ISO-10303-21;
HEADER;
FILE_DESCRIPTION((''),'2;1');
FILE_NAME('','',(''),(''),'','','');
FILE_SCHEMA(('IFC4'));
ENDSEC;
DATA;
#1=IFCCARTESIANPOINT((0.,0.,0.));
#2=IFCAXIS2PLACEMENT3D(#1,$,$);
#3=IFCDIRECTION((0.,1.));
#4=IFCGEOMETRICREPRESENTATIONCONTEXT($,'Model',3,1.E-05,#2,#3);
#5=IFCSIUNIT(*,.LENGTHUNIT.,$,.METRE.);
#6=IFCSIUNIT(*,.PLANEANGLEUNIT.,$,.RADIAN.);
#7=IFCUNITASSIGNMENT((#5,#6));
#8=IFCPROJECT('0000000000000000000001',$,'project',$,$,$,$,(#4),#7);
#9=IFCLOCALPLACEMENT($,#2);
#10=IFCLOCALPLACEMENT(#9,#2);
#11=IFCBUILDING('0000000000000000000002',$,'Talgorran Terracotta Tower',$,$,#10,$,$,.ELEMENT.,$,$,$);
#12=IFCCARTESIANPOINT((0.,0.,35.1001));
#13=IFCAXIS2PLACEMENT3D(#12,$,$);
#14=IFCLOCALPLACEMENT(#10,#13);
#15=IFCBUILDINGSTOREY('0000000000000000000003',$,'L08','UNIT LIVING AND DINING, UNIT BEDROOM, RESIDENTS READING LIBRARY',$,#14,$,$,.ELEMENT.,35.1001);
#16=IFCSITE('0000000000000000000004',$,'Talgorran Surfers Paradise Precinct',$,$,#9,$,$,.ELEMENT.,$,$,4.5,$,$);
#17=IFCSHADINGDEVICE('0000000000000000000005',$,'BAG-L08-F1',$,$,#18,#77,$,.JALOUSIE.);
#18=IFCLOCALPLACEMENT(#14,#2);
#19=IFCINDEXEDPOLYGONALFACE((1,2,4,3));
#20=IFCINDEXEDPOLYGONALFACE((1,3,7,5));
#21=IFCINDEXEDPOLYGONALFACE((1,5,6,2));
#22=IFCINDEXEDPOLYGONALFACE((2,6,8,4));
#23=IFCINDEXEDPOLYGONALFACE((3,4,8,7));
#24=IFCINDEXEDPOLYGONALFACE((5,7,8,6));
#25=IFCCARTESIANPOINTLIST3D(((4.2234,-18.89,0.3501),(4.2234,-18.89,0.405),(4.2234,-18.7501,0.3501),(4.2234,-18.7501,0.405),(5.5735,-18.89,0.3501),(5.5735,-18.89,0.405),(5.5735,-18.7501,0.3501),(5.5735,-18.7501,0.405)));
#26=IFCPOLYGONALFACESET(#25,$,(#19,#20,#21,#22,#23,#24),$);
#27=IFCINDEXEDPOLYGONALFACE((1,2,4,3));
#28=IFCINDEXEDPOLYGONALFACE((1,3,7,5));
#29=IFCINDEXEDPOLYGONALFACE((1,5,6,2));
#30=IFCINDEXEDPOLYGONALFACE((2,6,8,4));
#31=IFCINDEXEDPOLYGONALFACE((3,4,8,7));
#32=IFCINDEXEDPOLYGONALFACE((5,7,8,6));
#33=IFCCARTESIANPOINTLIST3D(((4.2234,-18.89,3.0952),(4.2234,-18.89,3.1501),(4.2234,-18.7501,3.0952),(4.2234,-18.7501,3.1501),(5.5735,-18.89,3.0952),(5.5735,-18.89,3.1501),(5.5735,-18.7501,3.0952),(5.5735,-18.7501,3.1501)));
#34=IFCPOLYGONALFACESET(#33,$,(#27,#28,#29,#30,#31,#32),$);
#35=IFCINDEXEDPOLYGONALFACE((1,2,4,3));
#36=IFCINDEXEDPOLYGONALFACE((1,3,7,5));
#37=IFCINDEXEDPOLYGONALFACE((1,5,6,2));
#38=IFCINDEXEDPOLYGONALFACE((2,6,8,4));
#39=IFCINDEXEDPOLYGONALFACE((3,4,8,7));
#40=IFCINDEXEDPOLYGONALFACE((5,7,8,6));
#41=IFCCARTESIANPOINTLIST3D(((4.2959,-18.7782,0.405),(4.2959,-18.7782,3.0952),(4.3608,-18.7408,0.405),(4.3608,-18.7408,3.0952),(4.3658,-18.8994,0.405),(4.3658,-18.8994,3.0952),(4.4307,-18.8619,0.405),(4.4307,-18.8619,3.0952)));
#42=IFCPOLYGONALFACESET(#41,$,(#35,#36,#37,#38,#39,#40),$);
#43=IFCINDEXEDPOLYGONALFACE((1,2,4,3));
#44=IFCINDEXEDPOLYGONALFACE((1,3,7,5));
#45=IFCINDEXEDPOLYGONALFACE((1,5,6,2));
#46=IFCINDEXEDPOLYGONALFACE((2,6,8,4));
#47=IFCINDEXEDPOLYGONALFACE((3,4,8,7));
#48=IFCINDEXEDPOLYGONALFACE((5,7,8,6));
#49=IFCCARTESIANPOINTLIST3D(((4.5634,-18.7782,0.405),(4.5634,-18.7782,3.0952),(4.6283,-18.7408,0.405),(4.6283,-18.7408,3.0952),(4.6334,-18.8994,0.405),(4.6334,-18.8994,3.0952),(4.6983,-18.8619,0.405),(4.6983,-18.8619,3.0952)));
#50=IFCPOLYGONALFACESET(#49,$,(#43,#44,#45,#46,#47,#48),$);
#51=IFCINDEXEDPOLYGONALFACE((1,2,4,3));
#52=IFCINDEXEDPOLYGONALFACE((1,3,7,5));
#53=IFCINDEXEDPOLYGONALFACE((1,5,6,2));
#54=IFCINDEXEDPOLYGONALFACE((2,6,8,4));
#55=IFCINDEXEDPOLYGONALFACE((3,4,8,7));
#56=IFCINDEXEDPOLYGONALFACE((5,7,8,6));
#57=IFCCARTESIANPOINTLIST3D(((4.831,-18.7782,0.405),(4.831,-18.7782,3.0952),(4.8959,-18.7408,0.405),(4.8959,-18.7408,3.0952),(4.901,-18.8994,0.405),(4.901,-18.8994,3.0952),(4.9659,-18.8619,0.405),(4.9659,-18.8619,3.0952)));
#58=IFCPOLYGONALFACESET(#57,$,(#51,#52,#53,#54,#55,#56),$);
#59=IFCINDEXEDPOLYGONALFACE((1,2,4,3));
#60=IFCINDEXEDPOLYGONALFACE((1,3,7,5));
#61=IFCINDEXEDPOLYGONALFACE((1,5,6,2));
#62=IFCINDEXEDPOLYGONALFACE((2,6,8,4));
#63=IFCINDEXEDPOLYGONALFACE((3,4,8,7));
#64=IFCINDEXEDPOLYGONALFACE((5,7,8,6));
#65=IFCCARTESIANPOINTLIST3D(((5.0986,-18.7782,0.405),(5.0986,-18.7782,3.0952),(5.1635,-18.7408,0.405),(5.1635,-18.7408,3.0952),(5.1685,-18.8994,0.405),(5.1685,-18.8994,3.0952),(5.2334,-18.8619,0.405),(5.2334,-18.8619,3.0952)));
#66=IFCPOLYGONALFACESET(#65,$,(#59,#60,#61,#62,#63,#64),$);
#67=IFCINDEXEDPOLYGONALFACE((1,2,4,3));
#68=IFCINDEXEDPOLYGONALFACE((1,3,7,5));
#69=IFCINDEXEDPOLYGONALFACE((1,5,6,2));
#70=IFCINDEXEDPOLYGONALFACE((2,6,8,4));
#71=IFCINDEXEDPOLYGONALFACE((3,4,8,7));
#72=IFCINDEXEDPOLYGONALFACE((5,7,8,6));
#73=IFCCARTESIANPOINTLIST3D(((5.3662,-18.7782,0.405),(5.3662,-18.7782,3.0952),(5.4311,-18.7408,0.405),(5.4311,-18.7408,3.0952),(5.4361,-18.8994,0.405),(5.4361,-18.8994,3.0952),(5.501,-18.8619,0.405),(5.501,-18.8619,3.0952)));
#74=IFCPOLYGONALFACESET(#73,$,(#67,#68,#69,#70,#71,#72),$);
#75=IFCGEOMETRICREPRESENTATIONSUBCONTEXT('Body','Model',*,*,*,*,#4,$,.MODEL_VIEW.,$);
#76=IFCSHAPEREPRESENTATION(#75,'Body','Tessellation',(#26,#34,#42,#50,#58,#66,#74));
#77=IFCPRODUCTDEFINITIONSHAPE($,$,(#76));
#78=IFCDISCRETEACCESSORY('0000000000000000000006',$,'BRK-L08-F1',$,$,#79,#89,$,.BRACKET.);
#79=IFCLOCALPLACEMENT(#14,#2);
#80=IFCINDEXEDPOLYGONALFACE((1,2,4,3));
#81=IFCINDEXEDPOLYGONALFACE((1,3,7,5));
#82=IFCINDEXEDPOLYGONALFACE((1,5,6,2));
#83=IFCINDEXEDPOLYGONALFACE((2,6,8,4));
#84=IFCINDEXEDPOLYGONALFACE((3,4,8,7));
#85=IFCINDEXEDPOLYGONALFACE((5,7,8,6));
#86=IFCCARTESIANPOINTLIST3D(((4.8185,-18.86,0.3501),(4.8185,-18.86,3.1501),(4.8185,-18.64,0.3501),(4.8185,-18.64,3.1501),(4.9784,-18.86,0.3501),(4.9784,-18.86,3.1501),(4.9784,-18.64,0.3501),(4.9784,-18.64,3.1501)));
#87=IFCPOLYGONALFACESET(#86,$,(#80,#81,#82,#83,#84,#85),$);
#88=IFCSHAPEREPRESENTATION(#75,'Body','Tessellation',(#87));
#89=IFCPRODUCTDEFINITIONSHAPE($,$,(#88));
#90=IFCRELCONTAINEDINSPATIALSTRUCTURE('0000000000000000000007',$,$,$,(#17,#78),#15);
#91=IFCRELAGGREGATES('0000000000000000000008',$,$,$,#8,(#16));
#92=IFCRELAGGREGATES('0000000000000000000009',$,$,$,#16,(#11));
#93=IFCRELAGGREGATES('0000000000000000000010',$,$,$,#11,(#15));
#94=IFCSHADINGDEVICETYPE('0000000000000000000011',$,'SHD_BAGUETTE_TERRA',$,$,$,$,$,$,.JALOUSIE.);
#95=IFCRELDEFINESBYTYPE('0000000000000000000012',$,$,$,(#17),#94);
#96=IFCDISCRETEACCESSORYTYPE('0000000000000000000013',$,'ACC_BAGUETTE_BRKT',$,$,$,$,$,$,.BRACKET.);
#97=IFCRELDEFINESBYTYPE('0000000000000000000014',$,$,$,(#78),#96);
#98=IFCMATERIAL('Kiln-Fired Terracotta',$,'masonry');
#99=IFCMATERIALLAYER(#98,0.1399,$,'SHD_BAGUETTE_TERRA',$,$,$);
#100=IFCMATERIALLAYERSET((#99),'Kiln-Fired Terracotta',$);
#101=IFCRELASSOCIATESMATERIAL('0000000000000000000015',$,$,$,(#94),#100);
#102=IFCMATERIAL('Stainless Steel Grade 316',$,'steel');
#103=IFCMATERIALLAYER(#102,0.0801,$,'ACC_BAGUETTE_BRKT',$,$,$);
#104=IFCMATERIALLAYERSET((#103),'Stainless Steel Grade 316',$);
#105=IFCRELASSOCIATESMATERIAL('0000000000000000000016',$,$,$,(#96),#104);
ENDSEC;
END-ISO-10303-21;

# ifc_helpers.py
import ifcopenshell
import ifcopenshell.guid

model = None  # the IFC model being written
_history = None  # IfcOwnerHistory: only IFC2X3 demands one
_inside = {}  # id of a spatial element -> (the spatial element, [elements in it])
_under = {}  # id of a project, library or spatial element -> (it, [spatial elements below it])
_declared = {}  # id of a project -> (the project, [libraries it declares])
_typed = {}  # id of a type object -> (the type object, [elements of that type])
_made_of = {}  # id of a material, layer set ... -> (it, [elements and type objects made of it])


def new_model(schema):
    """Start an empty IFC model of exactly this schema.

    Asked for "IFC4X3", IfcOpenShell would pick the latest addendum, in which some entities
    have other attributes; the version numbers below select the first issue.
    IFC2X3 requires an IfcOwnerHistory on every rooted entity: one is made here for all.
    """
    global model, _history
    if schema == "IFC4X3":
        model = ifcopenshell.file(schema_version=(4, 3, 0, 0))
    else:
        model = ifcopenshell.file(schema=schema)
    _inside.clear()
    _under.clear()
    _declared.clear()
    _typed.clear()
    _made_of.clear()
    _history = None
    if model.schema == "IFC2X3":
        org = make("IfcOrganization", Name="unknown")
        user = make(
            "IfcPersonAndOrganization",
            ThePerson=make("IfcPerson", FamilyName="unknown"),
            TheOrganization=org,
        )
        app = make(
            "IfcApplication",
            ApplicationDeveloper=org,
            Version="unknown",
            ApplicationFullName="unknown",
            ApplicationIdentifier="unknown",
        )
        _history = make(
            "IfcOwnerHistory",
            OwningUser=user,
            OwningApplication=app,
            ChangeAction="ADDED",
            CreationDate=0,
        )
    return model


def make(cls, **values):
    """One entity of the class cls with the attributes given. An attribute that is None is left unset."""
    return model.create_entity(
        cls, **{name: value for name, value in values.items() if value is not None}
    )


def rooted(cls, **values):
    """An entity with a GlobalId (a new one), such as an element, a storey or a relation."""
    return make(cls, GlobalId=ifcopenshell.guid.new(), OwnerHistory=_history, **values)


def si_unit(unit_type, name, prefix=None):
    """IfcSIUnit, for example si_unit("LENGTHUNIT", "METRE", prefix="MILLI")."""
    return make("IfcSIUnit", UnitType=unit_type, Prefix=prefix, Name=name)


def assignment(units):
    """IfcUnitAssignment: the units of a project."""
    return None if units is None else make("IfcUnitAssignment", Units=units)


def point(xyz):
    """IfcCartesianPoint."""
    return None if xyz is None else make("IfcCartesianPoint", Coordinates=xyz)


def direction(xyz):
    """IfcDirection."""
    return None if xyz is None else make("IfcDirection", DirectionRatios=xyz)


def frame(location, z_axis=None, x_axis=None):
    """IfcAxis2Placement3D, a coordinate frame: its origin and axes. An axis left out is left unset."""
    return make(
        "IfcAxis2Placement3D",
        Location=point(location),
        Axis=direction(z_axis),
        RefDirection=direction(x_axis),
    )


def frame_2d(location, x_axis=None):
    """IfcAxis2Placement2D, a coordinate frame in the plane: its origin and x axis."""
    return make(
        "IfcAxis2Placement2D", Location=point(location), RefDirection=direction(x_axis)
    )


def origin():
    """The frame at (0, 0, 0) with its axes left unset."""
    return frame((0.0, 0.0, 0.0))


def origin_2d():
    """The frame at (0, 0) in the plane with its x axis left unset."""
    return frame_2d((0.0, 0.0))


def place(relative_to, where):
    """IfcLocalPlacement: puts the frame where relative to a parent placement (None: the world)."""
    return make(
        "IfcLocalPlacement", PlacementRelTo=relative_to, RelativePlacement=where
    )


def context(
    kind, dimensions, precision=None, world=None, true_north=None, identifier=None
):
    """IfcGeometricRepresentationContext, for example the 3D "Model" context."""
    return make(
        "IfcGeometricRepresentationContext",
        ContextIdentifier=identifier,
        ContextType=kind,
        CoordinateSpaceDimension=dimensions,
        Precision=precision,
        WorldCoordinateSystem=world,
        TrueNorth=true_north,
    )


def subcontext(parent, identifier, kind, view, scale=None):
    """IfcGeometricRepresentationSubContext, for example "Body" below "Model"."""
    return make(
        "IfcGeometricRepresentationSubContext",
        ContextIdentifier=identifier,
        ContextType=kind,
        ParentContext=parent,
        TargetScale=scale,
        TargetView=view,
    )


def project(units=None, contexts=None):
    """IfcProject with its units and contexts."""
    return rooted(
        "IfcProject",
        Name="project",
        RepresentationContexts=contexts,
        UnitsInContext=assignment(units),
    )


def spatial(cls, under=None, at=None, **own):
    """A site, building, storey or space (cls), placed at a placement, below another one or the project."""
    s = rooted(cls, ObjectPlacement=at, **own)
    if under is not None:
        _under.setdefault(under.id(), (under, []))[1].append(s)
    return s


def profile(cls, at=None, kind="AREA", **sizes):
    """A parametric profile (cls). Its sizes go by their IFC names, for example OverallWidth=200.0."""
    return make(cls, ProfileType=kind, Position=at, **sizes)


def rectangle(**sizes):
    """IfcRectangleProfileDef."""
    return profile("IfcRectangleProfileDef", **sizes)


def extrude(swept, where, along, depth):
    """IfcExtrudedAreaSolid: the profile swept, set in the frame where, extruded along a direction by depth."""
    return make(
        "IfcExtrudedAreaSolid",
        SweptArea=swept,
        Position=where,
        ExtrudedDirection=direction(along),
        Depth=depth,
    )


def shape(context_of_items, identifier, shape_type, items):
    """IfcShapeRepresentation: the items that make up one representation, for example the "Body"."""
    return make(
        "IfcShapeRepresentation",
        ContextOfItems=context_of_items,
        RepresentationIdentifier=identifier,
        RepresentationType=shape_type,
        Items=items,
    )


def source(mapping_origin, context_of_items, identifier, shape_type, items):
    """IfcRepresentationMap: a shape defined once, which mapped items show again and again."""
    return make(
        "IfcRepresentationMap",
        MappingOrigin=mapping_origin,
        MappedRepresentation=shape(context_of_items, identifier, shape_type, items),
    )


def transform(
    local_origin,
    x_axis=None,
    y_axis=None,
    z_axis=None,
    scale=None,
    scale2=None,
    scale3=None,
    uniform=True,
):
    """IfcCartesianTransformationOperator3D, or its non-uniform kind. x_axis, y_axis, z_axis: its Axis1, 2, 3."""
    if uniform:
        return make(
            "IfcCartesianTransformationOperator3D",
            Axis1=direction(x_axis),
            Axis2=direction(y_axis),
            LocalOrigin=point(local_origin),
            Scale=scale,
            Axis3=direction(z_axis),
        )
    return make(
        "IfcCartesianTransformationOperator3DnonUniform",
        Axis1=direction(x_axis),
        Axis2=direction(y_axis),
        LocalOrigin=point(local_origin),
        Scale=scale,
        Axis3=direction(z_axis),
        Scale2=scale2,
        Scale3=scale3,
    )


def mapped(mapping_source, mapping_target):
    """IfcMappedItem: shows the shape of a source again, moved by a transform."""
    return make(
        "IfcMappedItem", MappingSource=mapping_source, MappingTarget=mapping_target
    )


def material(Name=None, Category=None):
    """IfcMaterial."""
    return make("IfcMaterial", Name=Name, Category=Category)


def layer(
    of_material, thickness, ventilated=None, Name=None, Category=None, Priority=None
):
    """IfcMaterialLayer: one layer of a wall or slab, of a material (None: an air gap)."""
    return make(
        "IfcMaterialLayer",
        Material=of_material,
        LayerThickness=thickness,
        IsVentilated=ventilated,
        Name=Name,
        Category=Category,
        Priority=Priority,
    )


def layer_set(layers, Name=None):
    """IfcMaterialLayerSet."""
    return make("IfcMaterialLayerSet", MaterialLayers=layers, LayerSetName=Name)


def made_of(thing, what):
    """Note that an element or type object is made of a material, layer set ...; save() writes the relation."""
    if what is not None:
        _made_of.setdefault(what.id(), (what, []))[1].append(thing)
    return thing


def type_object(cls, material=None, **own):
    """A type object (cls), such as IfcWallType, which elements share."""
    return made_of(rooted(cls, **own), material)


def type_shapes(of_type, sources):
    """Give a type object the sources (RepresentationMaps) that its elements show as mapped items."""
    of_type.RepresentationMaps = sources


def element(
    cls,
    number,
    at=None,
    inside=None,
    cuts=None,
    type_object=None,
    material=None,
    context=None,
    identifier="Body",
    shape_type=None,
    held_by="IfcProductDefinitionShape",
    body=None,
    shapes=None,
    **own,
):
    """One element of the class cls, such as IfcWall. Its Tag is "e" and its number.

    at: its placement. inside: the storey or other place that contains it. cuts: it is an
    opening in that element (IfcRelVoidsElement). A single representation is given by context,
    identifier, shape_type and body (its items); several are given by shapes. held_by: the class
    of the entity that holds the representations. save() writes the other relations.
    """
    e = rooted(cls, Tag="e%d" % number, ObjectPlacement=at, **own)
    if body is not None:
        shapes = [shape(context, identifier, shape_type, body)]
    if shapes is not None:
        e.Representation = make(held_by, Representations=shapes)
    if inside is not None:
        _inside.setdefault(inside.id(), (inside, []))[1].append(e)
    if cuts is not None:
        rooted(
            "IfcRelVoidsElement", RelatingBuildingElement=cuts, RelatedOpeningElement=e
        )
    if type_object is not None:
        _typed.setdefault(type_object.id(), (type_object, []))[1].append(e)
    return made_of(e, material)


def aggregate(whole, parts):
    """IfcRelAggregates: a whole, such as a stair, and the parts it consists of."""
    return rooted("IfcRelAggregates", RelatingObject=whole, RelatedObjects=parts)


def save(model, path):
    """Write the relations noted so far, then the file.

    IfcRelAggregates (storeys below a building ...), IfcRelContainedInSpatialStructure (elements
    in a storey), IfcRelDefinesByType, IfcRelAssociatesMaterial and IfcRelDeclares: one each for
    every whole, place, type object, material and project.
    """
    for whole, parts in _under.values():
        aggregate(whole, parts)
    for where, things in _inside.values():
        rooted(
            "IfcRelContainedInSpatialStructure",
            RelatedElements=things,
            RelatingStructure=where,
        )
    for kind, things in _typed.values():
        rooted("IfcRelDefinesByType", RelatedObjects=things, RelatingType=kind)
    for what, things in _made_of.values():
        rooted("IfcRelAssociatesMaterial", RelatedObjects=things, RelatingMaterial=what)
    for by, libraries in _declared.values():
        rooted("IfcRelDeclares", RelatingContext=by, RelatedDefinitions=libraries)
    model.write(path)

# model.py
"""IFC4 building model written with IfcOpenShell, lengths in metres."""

from ifc_helpers import new_model, si_unit, direction, frame, origin, origin_2d, place, context, subcontext, project, spatial, rectangle, extrude, source, transform, mapped, material, layer, layer_set, type_object, type_shapes, element, save


model = new_model("IFC4")

# Units and contexts
model_context = context("Model", 3, precision=1e-05, world=origin(), true_north=direction((0.0, 1.0)))
body_context = subcontext(model_context, "Body", "Model", "MODEL_VIEW")
ifc_project = project(units=[si_unit("LENGTHUNIT", "METRE"), si_unit("PLANEANGLEUNIT", "RADIAN")], contexts=[model_context])

# Site, building, storey
site_placement = place(None, origin())
site = spatial("IfcSite", under=ifc_project, at=site_placement, Name="Talgorran Surfers Paradise Precinct", CompositionType="ELEMENT", RefElevation=4.5)
building_placement = place(site_placement, origin())
building = spatial("IfcBuilding", under=site, at=building_placement, Name="Talgorran Terracotta Tower", CompositionType="ELEMENT")
storey_placement = place(building_placement, frame((0.0, 0.0, 35.1001)))
storey = spatial("IfcBuildingStorey", under=building, at=storey_placement, Name="L08", Description="UNIT LIVING AND DINING, UNIT BEDROOM, RESIDENTS READING LIBRARY", CompositionType="ELEMENT", Elevation=35.1001)

# Shading device
ifc_material_1 = material(Name="Kiln-Fired Terracotta", Category="masonry")
ifc_layer_1 = layer(ifc_material_1, 0.1399, Name="SHD_BAGUETTE_TERRA")
ifc_layer_set_1 = layer_set([ifc_layer_1], Name="Kiln-Fired Terracotta")
shading_device_type = type_object("IfcShadingDeviceType", Name="SHD_BAGUETTE_TERRA", PredefinedType="JALOUSIE", material=ifc_layer_set_1)
shared_shape_1 = source(origin(), body_context, "Body", "SweptSolid", [
    extrude(rectangle(XDim=1.3501, YDim=0.1399, at=origin_2d()), origin(), (0.0, 0.0, 1.0), 0.0549),
    extrude(rectangle(XDim=1.3501, YDim=0.1399, at=origin_2d()), frame((0.0, 0.0, 2.7451)), (0.0, 0.0, 1.0), 0.0549),
    extrude(rectangle(XDim=0.075, YDim=0.1399, at=origin_2d()), frame((-0.5352, 0.0, 0.0549), z_axis=(0.0, 0.0, 1.0), x_axis=(0.866025, 0.5, 0.0)), (0.0, 0.0, 1.0), 2.6902),
    extrude(rectangle(XDim=0.075, YDim=0.1399, at=origin_2d()), frame((-0.2676, 0.0, 0.0549), z_axis=(0.0, 0.0, 1.0), x_axis=(0.866025, 0.5, 0.0)), (0.0, 0.0, 1.0), 2.6902),
    extrude(rectangle(XDim=0.075, YDim=0.1399, at=origin_2d()), frame((0.0, 0.0, 0.0549), z_axis=(0.0, 0.0, 1.0), x_axis=(0.866025, 0.5, 0.0)), (0.0, 0.0, 1.0), 2.6902),
    extrude(rectangle(XDim=0.075, YDim=0.1399, at=origin_2d()), frame((0.2676, 0.0, 0.0549), z_axis=(0.0, 0.0, 1.0), x_axis=(0.866025, 0.5, 0.0)), (0.0, 0.0, 1.0), 2.6902),
    extrude(rectangle(XDim=0.075, YDim=0.1399, at=origin_2d()), frame((0.5352, 0.0, 0.0549), z_axis=(0.0, 0.0, 1.0), x_axis=(0.866025, 0.5, 0.0)), (0.0, 0.0, 1.0), 2.6902),
])
type_shapes(shading_device_type, [shared_shape_1])
shading_device_placement = place(storey_placement, frame((4.8984, -18.8201, 0.3501), z_axis=(0.0, 0.0, 1.0), x_axis=(1.0, 0.0, 0.0)))
element("IfcShadingDevice", 1, at=shading_device_placement, inside=storey, type_object=shading_device_type, Name="BAG-L08-F1", PredefinedType="JALOUSIE", context=body_context, shape_type="MappedRepresentation", body=[
    mapped(shared_shape_1, transform((0.0, 0.0, 0.0), scale=1.0)),
])

# Discrete accessory
ifc_material_2 = material(Name="Stainless Steel Grade 316", Category="steel")
ifc_layer_2 = layer(ifc_material_2, 0.0801, Name="ACC_BAGUETTE_BRKT")
ifc_layer_set_2 = layer_set([ifc_layer_2], Name="Stainless Steel Grade 316")
discrete_accessory_type = type_object("IfcDiscreteAccessoryType", Name="ACC_BAGUETTE_BRKT", PredefinedType="BRACKET", material=ifc_layer_set_2)
shared_shape_2 = source(origin(), body_context, "Body", "SweptSolid", [
    extrude(rectangle(XDim=0.1599, YDim=0.22, at=origin_2d()), origin(), (0.0, 0.0, 1.0), 2.8),
])
type_shapes(discrete_accessory_type, [shared_shape_2])
discrete_accessory_placement = place(storey_placement, frame((4.8984, -18.75, 0.3501), z_axis=(0.0, 0.0, 1.0), x_axis=(1.0, 0.0, 0.0)))
element("IfcDiscreteAccessory", 2, at=discrete_accessory_placement, inside=storey, type_object=discrete_accessory_type, Name="BRK-L08-F1", PredefinedType="BRACKET", context=body_context, shape_type="MappedRepresentation", body=[
    mapped(shared_shape_2, transform((0.0, 0.0, 0.0), scale=1.0)),
])

save(model, "model.ifc")
